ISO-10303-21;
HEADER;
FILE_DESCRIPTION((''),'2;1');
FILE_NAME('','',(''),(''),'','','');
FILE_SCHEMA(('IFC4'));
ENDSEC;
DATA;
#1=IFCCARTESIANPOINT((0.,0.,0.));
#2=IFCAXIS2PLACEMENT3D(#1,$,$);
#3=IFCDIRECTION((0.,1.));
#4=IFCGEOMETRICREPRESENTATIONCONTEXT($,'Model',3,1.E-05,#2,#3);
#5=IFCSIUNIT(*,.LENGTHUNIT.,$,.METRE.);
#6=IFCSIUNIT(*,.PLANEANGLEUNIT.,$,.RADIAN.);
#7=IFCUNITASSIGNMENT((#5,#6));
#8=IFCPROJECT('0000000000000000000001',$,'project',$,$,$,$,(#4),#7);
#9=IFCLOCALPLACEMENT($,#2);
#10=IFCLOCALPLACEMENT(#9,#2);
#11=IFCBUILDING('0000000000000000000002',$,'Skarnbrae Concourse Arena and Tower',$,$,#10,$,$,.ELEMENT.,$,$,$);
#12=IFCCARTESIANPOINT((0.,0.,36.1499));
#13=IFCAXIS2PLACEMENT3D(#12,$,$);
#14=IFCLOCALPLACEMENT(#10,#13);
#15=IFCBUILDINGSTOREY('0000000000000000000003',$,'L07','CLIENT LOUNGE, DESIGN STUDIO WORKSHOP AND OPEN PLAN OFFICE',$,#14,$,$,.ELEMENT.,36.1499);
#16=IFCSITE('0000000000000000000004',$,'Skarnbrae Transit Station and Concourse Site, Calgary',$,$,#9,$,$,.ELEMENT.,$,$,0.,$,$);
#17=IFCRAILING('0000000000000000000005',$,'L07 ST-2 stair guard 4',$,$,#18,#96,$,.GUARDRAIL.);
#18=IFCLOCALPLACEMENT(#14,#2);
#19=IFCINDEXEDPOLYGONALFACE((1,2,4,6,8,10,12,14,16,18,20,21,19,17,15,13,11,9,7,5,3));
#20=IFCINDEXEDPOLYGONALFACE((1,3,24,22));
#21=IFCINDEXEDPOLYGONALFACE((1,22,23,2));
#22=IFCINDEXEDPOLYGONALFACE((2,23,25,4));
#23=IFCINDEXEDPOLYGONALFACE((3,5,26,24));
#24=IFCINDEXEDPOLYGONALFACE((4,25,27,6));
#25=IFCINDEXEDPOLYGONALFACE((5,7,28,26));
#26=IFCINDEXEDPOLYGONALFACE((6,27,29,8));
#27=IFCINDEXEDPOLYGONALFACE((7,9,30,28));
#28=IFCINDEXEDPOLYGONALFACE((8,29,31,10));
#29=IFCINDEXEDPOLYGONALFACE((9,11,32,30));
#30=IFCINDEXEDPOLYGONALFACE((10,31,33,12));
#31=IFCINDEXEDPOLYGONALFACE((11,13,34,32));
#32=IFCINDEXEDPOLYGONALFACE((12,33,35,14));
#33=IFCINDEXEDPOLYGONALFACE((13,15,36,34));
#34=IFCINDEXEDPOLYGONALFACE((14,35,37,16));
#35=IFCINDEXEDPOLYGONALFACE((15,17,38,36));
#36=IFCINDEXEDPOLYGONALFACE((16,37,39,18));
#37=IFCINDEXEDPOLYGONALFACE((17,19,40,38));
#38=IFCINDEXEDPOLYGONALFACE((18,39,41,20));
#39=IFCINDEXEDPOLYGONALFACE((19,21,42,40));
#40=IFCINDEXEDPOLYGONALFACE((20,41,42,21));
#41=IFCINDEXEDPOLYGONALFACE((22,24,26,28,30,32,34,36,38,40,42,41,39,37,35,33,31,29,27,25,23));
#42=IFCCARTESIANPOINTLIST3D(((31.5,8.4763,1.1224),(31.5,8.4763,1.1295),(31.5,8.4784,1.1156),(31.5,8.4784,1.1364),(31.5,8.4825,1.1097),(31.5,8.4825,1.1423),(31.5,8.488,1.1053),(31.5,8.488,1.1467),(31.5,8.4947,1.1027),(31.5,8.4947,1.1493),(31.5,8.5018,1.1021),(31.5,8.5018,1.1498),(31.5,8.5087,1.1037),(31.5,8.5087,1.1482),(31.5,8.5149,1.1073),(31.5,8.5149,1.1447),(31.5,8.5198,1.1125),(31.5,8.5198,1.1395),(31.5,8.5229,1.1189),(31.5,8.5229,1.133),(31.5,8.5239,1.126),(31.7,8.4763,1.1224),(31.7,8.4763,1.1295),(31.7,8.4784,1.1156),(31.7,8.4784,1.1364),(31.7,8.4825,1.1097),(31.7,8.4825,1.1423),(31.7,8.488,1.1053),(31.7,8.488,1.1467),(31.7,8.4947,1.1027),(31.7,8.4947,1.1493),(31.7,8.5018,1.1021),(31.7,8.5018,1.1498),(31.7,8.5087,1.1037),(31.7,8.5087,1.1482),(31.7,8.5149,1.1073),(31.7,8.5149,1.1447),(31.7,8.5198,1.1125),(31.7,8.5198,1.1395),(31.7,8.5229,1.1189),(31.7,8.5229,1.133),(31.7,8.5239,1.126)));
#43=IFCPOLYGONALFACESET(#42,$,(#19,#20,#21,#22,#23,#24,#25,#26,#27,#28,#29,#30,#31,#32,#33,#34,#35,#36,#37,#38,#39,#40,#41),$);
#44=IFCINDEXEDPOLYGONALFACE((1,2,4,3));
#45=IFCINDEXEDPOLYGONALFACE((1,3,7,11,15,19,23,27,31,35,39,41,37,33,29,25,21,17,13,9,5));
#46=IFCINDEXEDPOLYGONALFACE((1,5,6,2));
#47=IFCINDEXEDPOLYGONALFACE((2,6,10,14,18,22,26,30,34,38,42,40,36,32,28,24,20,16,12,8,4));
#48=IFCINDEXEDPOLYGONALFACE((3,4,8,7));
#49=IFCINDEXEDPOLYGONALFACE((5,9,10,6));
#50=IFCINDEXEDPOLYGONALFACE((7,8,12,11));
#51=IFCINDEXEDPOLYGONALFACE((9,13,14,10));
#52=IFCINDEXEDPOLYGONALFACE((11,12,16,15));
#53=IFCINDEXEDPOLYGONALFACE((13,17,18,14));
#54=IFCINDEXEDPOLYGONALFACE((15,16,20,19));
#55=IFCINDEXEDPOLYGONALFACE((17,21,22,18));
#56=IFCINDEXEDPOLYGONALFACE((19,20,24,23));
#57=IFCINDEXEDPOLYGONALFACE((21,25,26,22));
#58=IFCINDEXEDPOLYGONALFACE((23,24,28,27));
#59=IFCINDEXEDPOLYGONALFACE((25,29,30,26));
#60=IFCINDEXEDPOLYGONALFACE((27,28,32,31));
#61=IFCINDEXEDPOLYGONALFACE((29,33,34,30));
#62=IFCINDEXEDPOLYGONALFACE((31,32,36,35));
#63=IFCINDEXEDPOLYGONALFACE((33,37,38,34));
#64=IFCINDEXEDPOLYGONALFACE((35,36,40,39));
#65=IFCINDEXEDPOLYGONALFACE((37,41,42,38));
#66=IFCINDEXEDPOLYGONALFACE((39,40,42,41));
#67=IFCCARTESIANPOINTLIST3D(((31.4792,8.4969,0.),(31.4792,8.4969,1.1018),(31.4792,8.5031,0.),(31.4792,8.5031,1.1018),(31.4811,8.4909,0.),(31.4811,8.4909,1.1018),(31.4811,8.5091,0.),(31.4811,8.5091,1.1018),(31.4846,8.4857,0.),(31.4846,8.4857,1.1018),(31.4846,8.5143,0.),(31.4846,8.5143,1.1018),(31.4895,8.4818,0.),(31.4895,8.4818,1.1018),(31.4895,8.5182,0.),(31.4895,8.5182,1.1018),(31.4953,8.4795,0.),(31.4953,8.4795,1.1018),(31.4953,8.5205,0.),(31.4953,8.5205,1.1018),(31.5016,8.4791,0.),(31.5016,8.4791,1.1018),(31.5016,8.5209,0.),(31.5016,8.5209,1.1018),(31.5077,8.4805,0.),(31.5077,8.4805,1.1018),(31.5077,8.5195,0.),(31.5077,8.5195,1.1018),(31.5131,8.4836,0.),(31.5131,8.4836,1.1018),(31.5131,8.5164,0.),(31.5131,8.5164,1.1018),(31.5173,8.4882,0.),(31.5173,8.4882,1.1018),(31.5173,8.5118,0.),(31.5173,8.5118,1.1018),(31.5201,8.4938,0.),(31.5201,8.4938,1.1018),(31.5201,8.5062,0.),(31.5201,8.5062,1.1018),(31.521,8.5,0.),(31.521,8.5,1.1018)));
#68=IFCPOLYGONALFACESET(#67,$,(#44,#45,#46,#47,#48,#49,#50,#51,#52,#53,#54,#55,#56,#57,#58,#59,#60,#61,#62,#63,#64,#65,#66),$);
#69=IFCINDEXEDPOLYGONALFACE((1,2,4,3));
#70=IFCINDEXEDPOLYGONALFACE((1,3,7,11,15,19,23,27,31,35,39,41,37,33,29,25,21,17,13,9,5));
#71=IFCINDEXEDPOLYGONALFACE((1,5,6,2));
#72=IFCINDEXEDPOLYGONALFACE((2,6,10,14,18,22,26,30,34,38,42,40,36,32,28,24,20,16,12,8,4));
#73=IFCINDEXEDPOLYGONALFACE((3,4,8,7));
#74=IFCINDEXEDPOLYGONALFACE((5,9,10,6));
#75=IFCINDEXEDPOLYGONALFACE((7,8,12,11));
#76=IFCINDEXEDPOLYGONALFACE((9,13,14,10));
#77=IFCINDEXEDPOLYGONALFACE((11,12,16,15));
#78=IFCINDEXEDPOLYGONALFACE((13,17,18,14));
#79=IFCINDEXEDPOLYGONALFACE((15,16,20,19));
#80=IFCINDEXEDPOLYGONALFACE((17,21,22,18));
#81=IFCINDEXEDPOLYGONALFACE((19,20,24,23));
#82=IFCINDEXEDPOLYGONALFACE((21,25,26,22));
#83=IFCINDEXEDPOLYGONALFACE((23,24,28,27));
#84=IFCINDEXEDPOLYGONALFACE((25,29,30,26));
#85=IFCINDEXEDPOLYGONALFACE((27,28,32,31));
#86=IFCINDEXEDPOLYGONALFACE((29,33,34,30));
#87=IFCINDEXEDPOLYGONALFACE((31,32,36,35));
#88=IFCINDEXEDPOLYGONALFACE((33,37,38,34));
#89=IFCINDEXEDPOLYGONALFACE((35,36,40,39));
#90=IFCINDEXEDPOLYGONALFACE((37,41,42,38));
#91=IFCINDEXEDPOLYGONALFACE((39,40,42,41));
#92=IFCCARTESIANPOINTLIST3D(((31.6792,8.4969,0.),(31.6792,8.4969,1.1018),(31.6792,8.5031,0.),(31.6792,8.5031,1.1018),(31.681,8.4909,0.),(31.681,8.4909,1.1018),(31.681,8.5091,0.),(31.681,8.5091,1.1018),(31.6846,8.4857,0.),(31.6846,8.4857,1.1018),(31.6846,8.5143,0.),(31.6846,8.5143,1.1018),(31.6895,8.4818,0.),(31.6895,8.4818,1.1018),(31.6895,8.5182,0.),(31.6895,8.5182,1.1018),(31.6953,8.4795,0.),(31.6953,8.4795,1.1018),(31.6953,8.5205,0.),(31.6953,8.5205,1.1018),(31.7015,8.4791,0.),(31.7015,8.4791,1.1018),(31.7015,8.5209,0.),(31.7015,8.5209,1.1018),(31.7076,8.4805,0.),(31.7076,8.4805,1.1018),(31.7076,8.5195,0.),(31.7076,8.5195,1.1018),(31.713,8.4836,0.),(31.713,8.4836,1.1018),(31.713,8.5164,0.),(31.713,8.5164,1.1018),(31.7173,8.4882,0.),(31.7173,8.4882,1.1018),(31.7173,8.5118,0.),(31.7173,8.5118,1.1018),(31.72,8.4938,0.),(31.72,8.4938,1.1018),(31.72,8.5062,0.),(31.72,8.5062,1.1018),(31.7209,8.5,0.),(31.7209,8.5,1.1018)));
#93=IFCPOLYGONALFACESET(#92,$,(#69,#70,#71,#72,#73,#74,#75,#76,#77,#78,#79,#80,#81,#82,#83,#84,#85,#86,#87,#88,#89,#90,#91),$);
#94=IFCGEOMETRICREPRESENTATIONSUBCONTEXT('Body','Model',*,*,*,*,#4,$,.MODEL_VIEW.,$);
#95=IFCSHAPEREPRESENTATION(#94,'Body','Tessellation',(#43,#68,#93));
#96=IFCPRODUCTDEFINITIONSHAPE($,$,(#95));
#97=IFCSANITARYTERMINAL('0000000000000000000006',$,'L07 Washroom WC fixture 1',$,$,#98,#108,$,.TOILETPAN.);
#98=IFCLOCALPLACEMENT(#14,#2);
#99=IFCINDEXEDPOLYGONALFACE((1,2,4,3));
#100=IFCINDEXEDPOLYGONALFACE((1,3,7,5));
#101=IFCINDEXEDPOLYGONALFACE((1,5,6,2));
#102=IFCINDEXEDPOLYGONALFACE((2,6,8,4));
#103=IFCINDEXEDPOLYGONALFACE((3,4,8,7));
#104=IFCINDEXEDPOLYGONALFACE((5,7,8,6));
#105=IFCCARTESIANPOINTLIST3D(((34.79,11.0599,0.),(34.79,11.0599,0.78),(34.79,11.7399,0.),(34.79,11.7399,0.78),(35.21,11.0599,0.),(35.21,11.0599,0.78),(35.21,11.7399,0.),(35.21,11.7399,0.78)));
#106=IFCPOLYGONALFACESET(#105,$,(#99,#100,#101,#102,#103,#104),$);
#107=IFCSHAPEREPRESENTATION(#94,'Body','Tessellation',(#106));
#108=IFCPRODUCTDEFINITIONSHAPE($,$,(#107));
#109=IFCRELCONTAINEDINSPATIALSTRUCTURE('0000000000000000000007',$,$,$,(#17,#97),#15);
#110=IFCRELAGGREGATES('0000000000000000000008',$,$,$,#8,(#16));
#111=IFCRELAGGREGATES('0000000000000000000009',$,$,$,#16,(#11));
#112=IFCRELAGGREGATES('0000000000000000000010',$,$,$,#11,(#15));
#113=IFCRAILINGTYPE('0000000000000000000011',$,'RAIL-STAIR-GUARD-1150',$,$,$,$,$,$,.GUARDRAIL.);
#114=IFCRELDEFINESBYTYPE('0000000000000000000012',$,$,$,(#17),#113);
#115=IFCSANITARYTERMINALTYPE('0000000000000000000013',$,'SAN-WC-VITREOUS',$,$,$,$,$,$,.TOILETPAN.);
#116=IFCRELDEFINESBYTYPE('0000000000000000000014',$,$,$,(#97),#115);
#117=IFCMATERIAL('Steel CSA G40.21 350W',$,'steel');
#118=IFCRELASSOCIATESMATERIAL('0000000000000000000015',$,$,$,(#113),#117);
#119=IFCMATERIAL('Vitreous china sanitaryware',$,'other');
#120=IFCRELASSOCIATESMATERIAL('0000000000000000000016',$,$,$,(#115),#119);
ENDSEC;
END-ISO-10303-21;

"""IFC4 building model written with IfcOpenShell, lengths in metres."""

from ifc_helpers import new_model, si_unit, direction, frame, origin, origin_2d, place, context, subcontext, project, spatial, rectangle, circle, extrude, source, transform, mapped, material, type_object, element, save


model = new_model("IFC4")

# Units and contexts
model_context = context("Model", 3, precision=1e-05, world=origin(), true_north=direction((0.0, 1.0)))
body_context = subcontext(model_context, "Body", "Model", "MODEL_VIEW")
ifc_project = project(units=[si_unit("LENGTHUNIT", "METRE"), si_unit("PLANEANGLEUNIT", "RADIAN")], contexts=[model_context])

# Site, building, storey
site_placement = place(None, origin())
site = spatial("IfcSite", under=ifc_project, at=site_placement, Name="Skarnbrae Transit Station and Concourse Site, Calgary", CompositionType="ELEMENT", RefElevation=0.0)
building_placement = place(site_placement, origin())
building = spatial("IfcBuilding", under=site, at=building_placement, Name="Skarnbrae Concourse Arena and Tower", CompositionType="ELEMENT")
storey_placement = place(building_placement, frame((0.0, 0.0, 36.1499)))
storey = spatial("IfcBuildingStorey", under=building, at=storey_placement, Name="L07", Description="CLIENT LOUNGE, DESIGN STUDIO WORKSHOP AND OPEN PLAN OFFICE", CompositionType="ELEMENT", Elevation=36.1499)

# Shared definitions
ifc_material_1 = material(Name="Steel CSA G40.21 350W", Category="steel")

# Railing
railing_type_1 = type_object("IfcRailingType", Name="RAIL-STAIR-GUARD-1150", PredefinedType="GUARDRAIL", material=ifc_material_1)
railing_1_placement = place(storey_placement, frame((31.5, 8.5, 0.0)))
element("IfcRailing", 1, at=railing_1_placement, inside=storey, type_object=railing_type_1, Name="L07 ST-2 stair guard 4", PredefinedType="GUARDRAIL", context=body_context, shape_type="SweptSolid", body=[
    extrude(circle(Radius=0.0239, at=origin_2d()), frame((0.0, 0.0, 1.126), z_axis=(1.0, 0.0, 0.0), x_axis=(0.0, 1.0, 0.0)), (0.0, 0.0, 1.0), 0.2),
    extrude(circle(Radius=0.021, at=origin_2d()), origin(), (0.0, 0.0, 1.0), 1.1018),
    extrude(circle(Radius=0.021, at=origin_2d()), frame((0.2, 0.0, 0.0)), (0.0, 0.0, 1.0), 1.1018),
])

# Sanitary terminal
ifc_material_2 = material(Name="Vitreous china sanitaryware", Category="other")
sanitary_terminal_type = type_object("IfcSanitaryTerminalType", Name="SAN-WC-VITREOUS", PredefinedType="TOILETPAN", material=ifc_material_2)
shared_shape_1 = source(origin(), body_context, "Body", "SweptSolid", [
    extrude(rectangle(XDim=0.4199, YDim=0.6799, at=origin_2d()), origin(), (0.0, 0.0, 1.0), 0.78),
])
sanitary_terminal_placement = place(storey_placement, frame((35.0, 11.3999, 0.0), z_axis=(0.0, 0.0, 1.0), x_axis=(1.0, 0.0, 0.0)))
element("IfcSanitaryTerminal", 2, at=sanitary_terminal_placement, inside=storey, type_object=sanitary_terminal_type, Name="L07 Washroom WC fixture 1", PredefinedType="TOILETPAN", context=body_context, shape_type="MappedRepresentation", body=[
    mapped(shared_shape_1, transform((0.0, 0.0, 0.0))),
])

save(model, "model.ifc")
